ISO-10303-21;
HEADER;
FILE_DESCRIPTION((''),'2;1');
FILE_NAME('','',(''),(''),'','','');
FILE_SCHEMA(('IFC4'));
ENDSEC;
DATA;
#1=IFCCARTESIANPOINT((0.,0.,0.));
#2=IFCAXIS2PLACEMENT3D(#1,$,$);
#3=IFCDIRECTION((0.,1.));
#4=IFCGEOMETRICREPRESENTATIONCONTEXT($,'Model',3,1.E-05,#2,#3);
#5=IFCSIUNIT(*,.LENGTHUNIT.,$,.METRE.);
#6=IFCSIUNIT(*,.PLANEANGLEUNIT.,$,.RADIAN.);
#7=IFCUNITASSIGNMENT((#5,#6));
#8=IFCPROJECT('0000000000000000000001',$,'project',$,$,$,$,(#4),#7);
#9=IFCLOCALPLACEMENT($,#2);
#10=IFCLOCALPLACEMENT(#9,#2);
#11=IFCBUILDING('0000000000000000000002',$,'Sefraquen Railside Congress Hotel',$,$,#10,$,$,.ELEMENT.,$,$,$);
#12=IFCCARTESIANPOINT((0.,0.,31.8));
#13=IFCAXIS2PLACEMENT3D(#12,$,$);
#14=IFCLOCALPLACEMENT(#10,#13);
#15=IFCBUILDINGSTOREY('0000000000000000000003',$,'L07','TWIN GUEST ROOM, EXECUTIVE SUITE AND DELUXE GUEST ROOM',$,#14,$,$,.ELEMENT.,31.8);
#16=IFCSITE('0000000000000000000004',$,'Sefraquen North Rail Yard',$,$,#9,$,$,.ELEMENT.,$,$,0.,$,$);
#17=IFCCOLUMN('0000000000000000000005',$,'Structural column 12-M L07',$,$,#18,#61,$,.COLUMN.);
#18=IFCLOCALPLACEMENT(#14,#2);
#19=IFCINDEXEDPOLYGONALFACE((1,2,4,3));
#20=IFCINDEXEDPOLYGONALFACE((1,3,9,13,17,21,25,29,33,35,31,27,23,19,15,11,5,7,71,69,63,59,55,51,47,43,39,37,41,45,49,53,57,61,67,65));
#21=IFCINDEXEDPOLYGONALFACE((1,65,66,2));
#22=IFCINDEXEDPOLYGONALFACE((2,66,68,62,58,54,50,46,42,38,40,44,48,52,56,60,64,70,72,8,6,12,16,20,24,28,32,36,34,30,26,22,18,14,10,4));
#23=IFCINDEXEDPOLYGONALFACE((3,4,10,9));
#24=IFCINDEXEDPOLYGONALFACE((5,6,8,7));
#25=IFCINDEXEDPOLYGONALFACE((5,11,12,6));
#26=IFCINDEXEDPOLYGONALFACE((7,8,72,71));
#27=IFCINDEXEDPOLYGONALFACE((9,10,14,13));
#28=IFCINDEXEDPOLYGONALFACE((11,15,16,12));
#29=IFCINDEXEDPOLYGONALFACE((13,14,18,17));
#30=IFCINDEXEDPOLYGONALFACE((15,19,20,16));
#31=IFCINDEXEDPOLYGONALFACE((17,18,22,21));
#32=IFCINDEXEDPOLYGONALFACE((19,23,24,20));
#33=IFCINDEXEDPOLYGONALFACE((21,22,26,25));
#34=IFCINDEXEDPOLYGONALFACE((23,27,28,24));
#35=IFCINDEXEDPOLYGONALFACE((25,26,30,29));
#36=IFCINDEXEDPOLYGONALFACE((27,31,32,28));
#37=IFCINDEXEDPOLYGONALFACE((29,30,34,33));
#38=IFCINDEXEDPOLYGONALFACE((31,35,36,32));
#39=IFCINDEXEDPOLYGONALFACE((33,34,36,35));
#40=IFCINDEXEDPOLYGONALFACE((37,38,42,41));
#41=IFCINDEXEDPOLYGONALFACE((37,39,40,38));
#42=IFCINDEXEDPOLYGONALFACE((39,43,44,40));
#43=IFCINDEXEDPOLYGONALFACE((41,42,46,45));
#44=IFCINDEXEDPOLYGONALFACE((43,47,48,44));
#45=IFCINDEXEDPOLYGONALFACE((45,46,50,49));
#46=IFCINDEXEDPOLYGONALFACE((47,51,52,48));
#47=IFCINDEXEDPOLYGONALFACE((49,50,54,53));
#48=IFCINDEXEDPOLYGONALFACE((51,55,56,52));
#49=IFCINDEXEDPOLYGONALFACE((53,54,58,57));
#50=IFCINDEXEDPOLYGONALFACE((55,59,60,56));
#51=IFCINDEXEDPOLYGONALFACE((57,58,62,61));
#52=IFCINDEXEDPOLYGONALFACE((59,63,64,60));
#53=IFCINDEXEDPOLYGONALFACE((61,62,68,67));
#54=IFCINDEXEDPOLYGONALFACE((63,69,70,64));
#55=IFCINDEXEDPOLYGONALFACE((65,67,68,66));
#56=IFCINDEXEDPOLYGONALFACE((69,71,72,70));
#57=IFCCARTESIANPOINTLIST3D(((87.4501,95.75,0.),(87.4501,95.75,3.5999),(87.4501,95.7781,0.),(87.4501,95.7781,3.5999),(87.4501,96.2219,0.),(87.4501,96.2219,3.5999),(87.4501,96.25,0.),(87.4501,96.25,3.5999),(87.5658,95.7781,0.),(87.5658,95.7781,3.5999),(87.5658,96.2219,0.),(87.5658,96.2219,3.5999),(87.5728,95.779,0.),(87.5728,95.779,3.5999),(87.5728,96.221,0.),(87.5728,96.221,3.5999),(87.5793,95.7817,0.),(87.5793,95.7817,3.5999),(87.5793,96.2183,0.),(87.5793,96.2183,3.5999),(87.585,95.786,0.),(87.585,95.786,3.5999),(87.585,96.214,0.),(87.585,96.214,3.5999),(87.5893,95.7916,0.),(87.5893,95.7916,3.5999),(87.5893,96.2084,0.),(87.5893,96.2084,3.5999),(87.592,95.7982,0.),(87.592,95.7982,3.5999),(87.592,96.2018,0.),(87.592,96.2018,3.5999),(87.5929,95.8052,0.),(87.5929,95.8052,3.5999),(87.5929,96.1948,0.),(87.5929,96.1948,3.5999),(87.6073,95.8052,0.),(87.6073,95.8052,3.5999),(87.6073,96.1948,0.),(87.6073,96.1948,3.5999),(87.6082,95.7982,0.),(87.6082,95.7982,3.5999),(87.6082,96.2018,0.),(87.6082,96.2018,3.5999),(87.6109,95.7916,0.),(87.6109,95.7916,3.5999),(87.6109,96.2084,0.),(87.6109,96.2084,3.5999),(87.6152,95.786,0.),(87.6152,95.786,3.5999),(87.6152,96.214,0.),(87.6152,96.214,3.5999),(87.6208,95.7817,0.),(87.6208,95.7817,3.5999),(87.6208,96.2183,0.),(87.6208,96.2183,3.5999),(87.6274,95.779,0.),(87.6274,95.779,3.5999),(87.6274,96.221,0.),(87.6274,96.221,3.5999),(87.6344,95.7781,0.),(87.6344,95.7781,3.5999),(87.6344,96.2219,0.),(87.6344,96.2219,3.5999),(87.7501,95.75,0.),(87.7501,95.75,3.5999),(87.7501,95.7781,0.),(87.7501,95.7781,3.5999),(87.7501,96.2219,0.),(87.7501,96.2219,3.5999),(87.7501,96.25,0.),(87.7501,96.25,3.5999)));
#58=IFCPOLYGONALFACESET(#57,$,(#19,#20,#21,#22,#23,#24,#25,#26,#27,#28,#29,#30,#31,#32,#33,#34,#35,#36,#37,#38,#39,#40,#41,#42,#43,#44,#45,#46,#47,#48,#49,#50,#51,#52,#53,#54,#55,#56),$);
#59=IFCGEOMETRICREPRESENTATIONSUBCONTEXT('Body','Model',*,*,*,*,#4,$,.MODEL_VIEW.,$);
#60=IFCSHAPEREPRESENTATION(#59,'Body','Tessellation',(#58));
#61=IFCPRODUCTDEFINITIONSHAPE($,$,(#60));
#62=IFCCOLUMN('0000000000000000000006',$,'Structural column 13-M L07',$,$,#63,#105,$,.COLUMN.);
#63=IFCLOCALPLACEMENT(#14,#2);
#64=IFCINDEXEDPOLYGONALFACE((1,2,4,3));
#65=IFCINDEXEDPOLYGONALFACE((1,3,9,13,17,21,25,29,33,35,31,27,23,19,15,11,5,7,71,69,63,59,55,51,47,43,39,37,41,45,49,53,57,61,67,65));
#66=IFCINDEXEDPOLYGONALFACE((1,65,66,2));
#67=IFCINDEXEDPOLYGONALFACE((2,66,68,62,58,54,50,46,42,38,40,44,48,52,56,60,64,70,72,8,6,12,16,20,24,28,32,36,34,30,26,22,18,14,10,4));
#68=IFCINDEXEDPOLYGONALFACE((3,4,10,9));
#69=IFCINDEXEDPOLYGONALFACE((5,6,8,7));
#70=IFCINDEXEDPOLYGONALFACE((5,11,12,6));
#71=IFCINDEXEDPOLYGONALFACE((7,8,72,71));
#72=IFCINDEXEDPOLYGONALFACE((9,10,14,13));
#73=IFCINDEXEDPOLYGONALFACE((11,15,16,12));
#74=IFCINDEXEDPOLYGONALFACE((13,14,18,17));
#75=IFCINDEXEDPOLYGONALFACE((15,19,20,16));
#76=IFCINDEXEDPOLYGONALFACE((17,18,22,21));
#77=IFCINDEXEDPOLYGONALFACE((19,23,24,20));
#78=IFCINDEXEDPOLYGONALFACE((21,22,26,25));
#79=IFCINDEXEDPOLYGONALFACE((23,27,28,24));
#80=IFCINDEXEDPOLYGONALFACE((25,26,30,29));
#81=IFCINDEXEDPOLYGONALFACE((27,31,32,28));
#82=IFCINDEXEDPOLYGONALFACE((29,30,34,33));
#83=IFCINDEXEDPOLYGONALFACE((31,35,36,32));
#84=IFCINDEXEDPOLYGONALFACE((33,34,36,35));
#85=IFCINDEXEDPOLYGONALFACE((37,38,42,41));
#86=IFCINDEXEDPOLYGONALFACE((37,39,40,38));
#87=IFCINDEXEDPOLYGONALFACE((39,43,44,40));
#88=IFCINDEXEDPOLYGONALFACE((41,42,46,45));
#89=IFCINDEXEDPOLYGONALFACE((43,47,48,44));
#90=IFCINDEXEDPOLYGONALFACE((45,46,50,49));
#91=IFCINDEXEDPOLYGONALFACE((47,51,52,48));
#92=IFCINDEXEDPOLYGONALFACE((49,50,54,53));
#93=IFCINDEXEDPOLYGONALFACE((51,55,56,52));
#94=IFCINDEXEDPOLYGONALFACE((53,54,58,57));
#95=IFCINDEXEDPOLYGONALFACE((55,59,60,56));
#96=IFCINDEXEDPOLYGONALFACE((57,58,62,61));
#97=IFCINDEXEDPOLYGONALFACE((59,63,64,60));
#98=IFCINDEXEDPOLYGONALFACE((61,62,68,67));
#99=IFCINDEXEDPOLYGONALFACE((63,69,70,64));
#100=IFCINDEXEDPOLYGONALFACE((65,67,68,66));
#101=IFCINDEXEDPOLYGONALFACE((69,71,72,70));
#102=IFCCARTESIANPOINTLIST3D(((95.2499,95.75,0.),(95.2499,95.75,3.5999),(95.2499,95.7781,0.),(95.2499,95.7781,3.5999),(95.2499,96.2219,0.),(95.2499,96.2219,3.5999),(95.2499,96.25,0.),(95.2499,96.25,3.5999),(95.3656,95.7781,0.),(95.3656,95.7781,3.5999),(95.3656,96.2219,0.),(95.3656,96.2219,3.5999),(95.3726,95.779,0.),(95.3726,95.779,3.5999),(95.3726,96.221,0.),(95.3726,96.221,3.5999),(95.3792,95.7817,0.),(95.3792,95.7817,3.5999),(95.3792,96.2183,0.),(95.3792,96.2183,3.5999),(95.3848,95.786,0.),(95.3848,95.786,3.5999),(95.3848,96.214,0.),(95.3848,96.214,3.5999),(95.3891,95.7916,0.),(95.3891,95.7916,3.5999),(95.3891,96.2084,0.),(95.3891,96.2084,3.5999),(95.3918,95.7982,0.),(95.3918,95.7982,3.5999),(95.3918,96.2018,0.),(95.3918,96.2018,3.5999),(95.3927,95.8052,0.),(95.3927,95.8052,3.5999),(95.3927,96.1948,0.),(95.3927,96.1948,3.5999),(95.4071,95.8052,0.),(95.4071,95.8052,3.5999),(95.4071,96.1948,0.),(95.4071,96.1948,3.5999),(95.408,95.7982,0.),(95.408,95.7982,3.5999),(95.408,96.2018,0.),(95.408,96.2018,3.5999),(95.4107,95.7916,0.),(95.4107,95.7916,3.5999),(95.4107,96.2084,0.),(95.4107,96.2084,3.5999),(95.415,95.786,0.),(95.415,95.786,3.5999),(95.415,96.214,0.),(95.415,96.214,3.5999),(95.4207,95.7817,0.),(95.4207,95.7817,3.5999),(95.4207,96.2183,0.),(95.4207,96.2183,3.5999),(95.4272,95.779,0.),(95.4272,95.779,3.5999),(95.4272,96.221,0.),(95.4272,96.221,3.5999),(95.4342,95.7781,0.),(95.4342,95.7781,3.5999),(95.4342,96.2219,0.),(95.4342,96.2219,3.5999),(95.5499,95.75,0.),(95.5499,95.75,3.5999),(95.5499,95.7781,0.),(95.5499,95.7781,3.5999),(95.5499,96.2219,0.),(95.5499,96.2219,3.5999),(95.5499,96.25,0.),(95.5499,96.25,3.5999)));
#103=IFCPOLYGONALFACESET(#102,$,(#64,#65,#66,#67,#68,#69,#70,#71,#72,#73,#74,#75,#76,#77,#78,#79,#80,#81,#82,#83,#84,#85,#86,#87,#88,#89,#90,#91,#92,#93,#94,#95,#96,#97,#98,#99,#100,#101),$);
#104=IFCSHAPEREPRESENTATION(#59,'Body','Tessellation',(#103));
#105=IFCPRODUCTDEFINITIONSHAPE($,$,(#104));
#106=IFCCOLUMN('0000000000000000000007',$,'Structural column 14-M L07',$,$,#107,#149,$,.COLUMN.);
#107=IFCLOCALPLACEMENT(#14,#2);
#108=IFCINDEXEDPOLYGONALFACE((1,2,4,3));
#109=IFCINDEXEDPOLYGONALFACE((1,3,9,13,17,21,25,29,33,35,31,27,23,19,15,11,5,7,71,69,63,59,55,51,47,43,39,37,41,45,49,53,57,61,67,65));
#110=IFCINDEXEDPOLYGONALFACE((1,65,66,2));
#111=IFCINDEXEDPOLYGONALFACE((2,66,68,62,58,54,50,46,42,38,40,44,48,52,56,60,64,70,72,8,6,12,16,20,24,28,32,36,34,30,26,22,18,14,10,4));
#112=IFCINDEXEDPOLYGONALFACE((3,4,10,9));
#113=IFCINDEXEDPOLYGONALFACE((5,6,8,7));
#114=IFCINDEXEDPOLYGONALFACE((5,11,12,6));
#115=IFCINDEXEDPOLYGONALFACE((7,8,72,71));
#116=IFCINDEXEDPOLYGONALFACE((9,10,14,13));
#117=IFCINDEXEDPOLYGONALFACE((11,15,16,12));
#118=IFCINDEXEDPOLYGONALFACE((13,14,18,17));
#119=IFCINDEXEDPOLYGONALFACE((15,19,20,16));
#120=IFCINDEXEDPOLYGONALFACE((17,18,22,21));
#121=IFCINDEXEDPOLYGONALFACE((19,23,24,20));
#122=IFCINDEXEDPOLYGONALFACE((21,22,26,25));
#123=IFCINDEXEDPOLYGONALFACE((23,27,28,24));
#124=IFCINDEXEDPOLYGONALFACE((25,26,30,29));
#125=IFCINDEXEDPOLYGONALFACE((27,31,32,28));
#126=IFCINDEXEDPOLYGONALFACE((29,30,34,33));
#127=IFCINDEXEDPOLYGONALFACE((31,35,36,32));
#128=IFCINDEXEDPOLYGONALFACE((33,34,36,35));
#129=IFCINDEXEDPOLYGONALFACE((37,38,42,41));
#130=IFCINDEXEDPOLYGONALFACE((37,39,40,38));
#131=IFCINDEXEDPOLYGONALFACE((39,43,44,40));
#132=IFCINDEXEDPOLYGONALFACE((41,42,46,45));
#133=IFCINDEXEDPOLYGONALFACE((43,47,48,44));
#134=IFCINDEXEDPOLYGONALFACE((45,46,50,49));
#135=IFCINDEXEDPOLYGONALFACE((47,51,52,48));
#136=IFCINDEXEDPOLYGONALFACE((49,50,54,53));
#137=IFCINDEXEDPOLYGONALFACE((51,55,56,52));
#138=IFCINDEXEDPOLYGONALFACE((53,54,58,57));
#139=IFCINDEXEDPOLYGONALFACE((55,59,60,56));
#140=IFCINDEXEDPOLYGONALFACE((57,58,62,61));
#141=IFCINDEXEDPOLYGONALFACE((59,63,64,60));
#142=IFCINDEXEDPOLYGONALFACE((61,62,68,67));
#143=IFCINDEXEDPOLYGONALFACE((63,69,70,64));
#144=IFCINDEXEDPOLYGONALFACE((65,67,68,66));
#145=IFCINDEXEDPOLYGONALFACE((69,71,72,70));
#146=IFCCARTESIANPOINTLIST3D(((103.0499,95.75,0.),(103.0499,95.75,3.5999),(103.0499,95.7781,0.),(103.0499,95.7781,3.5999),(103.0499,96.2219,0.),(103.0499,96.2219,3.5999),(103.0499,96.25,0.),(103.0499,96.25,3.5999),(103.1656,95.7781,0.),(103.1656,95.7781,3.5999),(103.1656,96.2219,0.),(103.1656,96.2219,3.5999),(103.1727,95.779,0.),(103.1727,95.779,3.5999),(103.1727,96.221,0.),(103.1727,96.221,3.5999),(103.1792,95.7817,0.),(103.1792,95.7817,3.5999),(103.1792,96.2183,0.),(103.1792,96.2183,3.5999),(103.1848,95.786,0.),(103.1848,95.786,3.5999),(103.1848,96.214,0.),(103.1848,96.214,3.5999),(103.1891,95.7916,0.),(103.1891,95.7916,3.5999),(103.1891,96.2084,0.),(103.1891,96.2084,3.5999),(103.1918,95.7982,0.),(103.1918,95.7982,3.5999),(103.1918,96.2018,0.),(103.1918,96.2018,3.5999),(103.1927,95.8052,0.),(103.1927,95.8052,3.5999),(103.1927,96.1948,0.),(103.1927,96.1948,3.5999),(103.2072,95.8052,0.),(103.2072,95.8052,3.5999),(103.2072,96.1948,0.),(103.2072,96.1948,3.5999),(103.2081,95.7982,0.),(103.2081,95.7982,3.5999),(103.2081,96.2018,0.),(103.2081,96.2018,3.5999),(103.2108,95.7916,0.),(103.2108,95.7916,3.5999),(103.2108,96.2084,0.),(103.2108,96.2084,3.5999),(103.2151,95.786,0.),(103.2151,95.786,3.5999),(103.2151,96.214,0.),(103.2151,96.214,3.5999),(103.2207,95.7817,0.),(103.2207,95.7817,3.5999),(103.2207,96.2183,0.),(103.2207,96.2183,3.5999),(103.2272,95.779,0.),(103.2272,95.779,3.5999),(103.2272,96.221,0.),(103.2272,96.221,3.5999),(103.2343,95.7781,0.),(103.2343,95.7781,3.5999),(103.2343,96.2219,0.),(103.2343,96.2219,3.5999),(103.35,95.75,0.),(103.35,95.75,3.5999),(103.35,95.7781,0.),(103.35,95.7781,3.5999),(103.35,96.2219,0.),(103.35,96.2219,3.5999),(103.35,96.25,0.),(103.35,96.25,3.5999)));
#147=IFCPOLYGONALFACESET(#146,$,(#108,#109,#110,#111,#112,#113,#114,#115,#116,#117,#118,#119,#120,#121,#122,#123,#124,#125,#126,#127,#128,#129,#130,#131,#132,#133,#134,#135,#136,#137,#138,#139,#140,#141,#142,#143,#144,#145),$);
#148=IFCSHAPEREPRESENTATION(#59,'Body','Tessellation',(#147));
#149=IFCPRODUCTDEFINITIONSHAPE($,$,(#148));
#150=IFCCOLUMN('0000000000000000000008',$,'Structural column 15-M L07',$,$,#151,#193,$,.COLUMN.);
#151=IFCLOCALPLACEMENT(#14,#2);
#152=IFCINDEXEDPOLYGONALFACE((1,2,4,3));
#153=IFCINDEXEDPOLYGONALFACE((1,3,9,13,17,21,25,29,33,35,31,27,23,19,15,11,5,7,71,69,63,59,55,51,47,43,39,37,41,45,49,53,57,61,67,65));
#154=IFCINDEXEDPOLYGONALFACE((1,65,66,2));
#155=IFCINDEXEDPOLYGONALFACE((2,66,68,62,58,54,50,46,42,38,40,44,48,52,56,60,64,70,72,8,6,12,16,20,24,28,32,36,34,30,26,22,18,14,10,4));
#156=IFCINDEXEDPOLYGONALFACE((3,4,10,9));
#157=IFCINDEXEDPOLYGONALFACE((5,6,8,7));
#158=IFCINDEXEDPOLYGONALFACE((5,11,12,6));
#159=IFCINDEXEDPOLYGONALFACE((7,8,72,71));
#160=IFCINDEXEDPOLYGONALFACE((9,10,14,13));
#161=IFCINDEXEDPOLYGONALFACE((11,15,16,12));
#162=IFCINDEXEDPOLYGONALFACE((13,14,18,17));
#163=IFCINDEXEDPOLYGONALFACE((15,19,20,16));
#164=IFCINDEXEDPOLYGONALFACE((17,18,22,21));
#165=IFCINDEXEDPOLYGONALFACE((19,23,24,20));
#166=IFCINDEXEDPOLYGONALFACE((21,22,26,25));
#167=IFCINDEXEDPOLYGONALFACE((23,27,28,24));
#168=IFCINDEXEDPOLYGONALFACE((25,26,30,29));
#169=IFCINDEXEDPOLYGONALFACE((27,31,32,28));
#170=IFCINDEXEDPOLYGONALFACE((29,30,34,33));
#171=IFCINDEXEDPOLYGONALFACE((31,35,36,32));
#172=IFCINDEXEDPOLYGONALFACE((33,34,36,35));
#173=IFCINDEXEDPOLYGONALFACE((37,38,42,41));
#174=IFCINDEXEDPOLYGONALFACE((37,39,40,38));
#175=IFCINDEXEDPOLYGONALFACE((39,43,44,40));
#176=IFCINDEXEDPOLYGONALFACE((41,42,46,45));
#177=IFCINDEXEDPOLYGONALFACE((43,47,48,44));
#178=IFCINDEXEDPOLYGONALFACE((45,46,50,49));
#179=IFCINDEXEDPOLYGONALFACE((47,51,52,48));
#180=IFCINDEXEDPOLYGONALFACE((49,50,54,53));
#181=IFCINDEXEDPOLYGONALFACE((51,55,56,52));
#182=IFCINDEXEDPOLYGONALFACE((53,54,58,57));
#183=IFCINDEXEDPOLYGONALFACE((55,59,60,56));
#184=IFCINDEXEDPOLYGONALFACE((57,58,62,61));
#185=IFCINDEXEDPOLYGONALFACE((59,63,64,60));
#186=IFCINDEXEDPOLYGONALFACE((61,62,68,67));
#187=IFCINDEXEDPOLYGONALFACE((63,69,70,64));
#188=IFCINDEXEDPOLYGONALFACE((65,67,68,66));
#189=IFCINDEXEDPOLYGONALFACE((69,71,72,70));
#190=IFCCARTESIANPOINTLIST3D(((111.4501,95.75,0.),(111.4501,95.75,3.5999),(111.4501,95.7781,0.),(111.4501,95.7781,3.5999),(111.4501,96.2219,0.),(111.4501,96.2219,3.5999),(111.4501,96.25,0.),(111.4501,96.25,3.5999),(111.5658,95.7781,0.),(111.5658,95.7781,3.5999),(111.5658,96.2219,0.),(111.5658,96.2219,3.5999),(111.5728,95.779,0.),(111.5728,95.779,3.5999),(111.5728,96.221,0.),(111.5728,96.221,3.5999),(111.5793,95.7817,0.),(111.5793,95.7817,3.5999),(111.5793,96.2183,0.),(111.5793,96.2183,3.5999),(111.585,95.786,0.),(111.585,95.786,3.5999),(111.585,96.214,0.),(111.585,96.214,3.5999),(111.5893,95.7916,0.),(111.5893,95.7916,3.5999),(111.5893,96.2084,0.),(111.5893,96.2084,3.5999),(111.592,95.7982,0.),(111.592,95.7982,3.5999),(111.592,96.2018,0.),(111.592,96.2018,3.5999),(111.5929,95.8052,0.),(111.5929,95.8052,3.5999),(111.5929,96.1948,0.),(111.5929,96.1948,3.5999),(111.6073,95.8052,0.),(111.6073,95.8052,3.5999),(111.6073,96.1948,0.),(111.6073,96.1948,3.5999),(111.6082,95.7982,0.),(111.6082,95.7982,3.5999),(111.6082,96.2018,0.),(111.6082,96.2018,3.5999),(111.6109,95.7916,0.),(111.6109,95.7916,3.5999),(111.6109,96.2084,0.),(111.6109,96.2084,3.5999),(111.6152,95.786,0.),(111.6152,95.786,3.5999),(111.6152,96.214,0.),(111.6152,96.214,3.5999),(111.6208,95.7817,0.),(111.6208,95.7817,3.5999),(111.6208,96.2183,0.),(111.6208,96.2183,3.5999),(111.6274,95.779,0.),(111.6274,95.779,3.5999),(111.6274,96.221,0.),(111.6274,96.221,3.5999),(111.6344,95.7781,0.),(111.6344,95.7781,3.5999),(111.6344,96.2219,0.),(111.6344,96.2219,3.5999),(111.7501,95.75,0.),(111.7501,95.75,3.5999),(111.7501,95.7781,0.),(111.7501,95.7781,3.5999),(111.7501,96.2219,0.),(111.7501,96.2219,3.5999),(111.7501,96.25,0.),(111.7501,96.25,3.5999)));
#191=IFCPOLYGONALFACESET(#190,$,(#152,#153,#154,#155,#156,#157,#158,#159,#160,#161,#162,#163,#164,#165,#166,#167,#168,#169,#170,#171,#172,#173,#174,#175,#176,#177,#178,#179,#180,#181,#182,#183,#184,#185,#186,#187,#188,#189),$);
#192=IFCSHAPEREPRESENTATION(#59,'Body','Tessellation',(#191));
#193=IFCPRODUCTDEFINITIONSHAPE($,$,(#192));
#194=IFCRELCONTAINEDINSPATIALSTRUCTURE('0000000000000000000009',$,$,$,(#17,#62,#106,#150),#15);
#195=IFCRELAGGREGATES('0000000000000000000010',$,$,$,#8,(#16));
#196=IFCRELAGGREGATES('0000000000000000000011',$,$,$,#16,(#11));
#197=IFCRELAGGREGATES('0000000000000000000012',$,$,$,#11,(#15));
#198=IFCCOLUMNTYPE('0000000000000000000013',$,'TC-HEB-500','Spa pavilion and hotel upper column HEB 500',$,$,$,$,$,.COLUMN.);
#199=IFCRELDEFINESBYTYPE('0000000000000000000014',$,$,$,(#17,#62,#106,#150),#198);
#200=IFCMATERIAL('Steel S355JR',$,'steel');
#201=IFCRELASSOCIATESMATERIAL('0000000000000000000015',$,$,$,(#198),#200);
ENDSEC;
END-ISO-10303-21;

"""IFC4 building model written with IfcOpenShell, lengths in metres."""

from ifc_helpers import new_model, si_unit, direction, frame, origin, origin_2d, place, context, subcontext, project, spatial, i_section, extrude, material, material_profile, profile_set, type_object, element, save


model = new_model("IFC4")

# Units and contexts
model_context = context("Model", 3, precision=1e-05, world=origin(), true_north=direction((0.0, 1.0)))
body_context = subcontext(model_context, "Body", "Model", "MODEL_VIEW")
ifc_project = project(units=[si_unit("LENGTHUNIT", "METRE"), si_unit("PLANEANGLEUNIT", "RADIAN")], contexts=[model_context])

# Site, building, storey
site_placement = place(None, origin())
site = spatial("IfcSite", under=ifc_project, at=site_placement, Name="Sefraquen North Rail Yard", CompositionType="ELEMENT", RefElevation=0.0)
building_placement = place(site_placement, origin())
building = spatial("IfcBuilding", under=site, at=building_placement, Name="Sefraquen Railside Congress Hotel", CompositionType="ELEMENT")
storey_placement = place(building_placement, frame((0.0, 0.0, 31.8)))
storey = spatial("IfcBuildingStorey", under=building, at=storey_placement, Name="L07", Description="TWIN GUEST ROOM, EXECUTIVE SUITE AND DELUXE GUEST ROOM", CompositionType="ELEMENT", Elevation=31.8)

# Columns
ifc_material_1 = material(Name="Steel S355JR", Category="steel")
ifc_material_profile_1 = material_profile(ifc_material_1, i_section(OverallWidth=0.3, OverallDepth=0.5, WebThickness=0.0144, FlangeThickness=0.0281, FilletRadius=0.0271, at=origin_2d()), Name="HEB 500")
ifc_profile_set_1 = profile_set([ifc_material_profile_1], Name="Steel S355JR")
column_type = type_object("IfcColumnType", Name="TC-HEB-500", Description="Spa pavilion and hotel upper column HEB 500", PredefinedType="COLUMN", material=ifc_profile_set_1)
for number, where, z_axis, x_axis, name in (
    (1, (87.6001, 96.0, 0.0), (0.0, 0.0, 1.0), (1.0, 0.0, 0.0), "Structural column 12-M L07"),
    (2, (95.3999, 96.0, 0.0), (0.0, 0.0, 1.0), (1.0, 0.0, 0.0), "Structural column 13-M L07"),
    (3, (103.2, 96.0, 0.0), (0.0, 0.0, 1.0), (1.0, 0.0, 0.0), "Structural column 14-M L07"),
    (4, (111.6001, 96.0, 0.0), (0.0, 0.0, 1.0), (1.0, 0.0, 0.0), "Structural column 15-M L07"),
):
    element("IfcColumn", number, at=place(storey_placement, frame(where, z_axis=z_axis, x_axis=x_axis)), inside=storey, type_object=column_type, Name=name, PredefinedType="COLUMN", context=body_context, shape_type="SweptSolid", body=[
        extrude(i_section(OverallWidth=0.3, OverallDepth=0.5, WebThickness=0.0144, FlangeThickness=0.0281, FilletRadius=0.0271, at=origin_2d()), origin(), (0.0, 0.0, 1.0), 3.5999),
    ])

save(model, "model.ifc")
